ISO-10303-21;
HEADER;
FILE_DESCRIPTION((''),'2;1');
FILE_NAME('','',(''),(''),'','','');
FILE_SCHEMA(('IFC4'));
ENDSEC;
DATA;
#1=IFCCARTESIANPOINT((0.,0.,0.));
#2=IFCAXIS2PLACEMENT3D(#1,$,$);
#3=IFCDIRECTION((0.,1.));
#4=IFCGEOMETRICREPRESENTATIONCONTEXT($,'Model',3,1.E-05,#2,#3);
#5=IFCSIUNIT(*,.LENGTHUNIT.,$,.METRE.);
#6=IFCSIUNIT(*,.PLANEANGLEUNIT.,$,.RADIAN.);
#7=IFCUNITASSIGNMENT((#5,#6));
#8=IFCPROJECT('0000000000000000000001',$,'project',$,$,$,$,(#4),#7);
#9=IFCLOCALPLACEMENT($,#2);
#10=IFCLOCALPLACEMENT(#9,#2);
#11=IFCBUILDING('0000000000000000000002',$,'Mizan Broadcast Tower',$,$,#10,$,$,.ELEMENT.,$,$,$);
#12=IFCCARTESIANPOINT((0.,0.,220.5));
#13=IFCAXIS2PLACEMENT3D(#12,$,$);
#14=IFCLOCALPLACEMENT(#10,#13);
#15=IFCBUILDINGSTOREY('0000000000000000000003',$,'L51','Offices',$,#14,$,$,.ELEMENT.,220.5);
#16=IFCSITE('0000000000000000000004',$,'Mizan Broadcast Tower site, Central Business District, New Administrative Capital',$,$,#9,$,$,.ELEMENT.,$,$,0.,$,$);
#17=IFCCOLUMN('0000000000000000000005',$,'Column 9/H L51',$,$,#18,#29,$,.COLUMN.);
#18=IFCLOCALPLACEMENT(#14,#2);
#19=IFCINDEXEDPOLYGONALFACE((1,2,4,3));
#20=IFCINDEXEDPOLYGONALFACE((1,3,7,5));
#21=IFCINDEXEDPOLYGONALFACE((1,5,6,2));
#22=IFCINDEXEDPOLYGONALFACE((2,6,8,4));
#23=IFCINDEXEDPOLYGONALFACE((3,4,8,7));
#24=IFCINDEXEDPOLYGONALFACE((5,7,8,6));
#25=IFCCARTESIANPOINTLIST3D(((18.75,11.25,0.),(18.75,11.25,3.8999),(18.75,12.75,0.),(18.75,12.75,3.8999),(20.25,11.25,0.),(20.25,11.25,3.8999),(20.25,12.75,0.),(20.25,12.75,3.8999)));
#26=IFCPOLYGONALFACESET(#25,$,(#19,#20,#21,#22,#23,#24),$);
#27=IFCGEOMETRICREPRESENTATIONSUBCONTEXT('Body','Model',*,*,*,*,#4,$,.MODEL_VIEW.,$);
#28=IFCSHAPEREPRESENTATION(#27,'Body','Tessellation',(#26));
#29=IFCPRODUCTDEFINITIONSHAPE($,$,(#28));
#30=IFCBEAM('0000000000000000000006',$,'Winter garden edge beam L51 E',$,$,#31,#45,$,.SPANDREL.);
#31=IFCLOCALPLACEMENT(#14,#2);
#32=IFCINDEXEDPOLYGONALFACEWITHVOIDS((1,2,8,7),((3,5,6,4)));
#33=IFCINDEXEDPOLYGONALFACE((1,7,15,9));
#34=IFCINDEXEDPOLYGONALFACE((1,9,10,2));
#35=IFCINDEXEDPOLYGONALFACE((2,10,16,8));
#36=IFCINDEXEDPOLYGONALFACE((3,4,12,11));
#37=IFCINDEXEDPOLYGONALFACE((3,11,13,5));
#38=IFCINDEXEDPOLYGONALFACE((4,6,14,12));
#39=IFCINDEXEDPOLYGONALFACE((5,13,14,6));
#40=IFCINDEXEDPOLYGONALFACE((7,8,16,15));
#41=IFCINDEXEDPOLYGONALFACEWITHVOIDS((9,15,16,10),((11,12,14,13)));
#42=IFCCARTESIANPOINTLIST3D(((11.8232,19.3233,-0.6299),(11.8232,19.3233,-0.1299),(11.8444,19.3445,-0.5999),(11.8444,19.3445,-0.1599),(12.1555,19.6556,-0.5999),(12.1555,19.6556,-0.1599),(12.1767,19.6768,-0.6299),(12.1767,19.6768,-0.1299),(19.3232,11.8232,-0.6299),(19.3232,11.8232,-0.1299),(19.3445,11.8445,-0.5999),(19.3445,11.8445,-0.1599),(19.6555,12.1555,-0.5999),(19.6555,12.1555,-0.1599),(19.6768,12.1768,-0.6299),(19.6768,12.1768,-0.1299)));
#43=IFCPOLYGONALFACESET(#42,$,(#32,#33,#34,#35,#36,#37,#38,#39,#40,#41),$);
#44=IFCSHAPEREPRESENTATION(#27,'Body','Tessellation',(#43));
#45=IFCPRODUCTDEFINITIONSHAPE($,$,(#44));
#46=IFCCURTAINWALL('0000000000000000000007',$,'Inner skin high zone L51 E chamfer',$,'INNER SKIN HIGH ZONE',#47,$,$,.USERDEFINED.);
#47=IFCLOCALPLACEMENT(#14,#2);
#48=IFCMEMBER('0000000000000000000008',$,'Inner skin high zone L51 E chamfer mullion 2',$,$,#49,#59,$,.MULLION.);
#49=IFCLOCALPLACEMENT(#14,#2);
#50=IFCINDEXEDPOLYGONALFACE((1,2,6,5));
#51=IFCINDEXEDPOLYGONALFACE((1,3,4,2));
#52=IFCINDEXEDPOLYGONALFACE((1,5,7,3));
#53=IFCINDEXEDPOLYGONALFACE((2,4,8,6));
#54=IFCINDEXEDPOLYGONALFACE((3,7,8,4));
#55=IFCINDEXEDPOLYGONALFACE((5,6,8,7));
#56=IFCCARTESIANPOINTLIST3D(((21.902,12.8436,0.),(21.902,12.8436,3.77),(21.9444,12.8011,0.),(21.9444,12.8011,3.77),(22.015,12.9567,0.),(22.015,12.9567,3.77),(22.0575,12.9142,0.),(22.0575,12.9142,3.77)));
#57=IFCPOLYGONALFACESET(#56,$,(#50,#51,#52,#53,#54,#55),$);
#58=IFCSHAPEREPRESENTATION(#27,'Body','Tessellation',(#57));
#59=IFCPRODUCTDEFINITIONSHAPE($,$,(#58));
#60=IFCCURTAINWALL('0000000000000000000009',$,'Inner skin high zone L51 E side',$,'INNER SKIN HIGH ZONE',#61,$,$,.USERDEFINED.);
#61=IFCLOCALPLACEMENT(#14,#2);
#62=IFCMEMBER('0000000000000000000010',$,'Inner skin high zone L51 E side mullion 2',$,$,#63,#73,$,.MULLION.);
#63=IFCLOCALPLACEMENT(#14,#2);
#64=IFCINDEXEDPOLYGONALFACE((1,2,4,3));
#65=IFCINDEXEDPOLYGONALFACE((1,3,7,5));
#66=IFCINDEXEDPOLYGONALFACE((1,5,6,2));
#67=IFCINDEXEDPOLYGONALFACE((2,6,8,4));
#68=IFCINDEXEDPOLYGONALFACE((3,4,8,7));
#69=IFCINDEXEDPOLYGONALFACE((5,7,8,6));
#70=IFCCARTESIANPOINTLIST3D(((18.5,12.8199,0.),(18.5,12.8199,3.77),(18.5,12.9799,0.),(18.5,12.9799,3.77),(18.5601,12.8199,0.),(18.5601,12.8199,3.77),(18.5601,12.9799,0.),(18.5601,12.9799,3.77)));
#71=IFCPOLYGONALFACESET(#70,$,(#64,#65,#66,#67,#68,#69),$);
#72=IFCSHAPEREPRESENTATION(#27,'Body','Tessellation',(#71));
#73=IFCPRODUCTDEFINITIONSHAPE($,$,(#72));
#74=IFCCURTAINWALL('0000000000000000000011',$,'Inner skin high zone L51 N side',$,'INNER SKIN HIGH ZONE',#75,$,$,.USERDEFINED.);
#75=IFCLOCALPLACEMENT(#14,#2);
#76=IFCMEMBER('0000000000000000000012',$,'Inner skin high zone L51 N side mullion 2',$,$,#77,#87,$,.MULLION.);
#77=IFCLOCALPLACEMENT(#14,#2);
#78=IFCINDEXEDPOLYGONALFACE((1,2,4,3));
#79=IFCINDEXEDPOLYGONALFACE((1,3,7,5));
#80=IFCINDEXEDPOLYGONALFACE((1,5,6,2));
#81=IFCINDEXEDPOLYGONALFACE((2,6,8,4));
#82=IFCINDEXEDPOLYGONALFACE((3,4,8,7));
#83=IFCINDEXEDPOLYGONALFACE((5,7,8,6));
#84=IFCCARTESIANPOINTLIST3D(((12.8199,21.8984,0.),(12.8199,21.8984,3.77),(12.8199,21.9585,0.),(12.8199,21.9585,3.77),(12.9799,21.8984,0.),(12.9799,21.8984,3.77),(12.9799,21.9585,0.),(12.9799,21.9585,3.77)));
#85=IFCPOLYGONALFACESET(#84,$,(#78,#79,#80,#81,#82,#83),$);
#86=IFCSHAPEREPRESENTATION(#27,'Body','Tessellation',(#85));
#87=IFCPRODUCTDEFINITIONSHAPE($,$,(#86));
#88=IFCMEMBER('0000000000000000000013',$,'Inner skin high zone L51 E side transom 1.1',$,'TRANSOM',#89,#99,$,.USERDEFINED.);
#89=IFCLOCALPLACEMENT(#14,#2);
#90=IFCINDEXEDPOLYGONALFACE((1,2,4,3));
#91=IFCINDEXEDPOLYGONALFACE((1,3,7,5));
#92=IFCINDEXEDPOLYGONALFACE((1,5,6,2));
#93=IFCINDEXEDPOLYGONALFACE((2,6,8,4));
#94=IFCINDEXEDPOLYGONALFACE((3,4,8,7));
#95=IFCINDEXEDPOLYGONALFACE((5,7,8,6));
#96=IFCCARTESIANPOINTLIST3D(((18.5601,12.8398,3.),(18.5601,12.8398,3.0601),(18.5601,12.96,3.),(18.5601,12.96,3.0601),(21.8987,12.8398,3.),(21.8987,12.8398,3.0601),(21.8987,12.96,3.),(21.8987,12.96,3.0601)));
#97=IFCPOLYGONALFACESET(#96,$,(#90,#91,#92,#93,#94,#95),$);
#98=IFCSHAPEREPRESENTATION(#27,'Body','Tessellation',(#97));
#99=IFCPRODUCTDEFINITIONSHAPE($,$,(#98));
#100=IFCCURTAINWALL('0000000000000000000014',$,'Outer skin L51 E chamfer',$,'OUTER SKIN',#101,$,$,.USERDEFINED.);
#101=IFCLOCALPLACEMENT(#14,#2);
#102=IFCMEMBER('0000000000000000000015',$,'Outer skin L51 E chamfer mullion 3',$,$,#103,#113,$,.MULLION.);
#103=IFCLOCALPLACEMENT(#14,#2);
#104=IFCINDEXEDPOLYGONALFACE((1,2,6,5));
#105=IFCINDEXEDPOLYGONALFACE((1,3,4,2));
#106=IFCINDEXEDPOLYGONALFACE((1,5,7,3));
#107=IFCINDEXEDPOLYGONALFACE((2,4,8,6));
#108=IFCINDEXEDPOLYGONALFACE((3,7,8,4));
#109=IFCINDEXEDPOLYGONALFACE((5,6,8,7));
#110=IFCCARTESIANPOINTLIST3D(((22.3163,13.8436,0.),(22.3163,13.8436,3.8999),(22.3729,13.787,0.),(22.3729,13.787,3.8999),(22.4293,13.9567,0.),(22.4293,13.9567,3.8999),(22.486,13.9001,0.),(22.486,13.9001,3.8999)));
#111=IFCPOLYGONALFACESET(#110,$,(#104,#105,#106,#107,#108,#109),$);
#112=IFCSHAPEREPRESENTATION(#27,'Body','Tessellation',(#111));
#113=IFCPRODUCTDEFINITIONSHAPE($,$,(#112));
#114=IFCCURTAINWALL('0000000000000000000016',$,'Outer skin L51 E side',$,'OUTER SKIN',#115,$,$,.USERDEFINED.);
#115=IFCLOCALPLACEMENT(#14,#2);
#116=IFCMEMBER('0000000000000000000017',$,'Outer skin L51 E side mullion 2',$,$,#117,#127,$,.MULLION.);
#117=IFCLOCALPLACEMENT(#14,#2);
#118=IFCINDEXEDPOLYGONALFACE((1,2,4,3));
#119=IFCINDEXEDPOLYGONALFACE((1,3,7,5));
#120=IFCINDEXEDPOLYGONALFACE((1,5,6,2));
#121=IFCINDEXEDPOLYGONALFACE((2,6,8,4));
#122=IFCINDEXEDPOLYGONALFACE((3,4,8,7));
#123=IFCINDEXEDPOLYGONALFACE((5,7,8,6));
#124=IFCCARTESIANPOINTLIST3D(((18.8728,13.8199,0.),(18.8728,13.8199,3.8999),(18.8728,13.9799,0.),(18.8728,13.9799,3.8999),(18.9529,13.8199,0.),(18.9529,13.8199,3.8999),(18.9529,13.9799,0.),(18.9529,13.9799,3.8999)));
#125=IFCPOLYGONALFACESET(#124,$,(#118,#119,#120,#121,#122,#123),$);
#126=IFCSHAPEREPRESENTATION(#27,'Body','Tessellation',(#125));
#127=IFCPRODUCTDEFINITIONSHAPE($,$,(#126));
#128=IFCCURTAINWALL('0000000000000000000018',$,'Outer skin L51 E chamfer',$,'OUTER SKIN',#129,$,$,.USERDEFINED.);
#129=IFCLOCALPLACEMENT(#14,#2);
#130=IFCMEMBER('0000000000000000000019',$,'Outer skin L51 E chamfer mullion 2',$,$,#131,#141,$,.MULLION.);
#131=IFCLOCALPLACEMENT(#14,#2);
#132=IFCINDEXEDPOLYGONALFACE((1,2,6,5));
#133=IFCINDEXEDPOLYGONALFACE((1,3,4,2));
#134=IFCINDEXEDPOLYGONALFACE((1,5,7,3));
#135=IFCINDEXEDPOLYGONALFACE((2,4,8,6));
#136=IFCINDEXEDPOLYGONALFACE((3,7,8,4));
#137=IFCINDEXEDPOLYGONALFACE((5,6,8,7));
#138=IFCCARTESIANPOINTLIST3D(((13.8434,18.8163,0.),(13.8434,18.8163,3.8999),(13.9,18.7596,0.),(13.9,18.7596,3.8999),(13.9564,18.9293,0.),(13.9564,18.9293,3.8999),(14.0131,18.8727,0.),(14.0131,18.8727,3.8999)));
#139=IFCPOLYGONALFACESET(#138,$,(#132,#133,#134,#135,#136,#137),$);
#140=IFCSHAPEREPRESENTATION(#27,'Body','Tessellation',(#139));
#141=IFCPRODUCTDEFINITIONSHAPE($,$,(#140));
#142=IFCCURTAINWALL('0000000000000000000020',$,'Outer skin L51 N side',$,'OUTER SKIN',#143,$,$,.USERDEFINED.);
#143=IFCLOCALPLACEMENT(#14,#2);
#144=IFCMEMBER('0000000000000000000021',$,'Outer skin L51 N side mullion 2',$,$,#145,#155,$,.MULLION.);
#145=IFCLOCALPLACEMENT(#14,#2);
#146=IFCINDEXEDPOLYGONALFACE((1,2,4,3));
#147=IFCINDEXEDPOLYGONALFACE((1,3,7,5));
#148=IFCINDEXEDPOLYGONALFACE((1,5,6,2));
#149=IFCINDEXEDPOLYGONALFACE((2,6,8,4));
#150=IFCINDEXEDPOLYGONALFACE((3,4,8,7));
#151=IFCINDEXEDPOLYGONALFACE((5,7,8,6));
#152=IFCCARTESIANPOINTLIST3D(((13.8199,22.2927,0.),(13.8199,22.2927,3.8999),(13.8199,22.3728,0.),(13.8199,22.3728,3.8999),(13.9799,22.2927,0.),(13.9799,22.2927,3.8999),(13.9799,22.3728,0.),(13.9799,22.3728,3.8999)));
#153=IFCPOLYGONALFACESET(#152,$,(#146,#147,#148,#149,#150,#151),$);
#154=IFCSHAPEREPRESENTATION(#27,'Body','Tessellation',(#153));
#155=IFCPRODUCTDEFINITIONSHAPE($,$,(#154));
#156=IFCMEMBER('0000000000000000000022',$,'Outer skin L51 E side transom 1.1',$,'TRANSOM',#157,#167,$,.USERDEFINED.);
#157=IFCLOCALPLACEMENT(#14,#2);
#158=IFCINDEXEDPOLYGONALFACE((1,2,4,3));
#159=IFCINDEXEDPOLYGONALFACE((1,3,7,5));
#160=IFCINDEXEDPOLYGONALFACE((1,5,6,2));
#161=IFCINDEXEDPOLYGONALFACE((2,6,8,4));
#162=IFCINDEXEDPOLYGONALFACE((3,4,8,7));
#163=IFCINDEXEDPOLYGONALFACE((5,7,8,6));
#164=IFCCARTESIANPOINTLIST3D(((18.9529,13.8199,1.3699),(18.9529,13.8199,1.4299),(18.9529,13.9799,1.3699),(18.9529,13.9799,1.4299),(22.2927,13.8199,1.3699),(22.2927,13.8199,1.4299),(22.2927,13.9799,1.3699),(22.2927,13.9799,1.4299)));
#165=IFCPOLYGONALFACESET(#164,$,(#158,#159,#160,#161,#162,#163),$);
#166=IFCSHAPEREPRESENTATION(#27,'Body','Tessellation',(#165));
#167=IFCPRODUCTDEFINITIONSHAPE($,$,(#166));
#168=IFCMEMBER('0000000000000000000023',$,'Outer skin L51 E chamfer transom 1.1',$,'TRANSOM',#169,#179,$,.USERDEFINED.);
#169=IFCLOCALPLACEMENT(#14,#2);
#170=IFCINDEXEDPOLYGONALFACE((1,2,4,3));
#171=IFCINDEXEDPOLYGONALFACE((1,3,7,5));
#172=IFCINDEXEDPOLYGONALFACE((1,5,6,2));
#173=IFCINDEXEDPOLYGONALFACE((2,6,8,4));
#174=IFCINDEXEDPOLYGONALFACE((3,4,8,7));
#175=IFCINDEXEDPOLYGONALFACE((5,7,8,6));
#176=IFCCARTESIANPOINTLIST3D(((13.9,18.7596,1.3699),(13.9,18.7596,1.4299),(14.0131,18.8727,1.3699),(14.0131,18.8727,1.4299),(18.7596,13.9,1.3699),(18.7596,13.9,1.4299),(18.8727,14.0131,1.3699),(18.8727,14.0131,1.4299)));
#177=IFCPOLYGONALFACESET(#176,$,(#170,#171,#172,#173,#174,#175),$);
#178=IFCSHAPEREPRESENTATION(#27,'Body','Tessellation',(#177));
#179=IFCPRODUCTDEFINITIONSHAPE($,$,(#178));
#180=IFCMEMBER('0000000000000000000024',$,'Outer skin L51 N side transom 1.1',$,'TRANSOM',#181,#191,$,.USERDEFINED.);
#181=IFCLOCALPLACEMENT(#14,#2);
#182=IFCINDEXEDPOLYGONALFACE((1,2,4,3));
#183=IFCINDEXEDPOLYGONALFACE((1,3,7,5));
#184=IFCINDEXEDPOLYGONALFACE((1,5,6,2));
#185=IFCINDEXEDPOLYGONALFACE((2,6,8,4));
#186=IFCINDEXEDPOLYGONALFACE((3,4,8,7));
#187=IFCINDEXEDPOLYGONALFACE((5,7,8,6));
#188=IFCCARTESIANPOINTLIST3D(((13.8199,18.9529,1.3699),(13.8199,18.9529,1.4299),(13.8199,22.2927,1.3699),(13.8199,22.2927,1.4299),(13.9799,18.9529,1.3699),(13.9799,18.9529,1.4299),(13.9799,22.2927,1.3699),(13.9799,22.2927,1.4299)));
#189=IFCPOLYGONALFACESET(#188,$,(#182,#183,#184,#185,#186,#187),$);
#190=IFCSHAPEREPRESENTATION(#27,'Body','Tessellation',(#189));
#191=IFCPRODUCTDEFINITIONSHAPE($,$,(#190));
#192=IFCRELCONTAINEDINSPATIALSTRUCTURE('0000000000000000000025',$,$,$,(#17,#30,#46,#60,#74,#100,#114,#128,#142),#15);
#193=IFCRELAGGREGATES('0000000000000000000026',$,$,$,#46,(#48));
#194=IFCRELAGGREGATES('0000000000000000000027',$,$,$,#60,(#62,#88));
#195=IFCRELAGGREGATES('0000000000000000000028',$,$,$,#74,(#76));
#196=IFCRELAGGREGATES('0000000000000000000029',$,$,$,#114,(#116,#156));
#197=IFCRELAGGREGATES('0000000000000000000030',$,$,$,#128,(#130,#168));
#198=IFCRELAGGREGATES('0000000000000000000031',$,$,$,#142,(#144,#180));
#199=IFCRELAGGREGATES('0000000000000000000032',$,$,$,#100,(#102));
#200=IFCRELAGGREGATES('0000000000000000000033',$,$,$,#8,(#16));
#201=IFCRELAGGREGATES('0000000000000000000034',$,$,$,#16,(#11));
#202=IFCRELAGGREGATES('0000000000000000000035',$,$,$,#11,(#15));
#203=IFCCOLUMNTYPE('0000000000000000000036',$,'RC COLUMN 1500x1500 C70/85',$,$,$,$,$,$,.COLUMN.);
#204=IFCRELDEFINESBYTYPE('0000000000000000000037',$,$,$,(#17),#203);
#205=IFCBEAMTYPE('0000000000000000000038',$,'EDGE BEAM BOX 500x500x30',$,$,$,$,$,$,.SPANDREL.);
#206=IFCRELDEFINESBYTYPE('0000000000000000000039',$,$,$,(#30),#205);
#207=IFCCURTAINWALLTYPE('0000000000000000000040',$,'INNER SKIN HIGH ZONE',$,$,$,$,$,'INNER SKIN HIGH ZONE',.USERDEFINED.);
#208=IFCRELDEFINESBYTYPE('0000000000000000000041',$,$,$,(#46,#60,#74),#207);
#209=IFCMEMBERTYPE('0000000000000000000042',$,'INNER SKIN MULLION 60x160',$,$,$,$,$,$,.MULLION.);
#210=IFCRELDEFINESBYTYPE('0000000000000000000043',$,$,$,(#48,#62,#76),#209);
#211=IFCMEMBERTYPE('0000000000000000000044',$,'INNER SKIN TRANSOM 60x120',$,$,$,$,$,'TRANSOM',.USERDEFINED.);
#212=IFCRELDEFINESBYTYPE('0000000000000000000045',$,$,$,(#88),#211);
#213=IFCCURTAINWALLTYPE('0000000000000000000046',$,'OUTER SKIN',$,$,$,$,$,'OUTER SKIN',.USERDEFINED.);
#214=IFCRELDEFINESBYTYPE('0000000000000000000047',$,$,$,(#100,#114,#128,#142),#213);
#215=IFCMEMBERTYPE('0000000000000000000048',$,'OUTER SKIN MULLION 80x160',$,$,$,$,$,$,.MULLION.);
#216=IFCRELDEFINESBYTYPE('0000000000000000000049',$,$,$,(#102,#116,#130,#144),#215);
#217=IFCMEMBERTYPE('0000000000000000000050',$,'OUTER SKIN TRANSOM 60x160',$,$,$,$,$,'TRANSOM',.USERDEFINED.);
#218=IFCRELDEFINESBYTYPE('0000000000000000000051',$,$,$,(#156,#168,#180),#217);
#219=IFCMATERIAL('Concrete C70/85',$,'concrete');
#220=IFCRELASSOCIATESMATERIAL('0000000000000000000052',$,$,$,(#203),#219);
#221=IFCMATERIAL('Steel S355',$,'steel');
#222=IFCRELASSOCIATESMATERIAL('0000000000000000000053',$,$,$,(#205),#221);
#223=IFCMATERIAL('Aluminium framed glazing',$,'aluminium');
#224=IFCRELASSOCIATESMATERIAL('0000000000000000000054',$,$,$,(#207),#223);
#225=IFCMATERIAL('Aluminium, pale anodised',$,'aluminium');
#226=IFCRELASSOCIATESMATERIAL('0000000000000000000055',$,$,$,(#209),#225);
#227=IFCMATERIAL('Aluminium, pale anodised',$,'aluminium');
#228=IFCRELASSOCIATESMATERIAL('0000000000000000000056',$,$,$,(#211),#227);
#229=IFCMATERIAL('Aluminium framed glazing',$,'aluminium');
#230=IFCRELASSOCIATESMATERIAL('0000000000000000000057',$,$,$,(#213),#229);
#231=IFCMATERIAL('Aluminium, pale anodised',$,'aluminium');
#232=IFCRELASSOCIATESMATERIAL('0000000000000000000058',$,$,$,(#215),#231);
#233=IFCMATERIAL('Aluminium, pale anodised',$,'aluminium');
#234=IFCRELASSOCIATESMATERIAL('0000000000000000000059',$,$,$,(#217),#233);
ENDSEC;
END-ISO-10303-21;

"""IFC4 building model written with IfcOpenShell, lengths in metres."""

from ifc_helpers import new_model, si_unit, direction, frame, origin, origin_2d, place, context, subcontext, project, spatial, rectangle, hollow_rectangle, extrude, material, material_profile, profile_set, type_object, element, aggregate, save


model = new_model("IFC4")

# Units and contexts
model_context = context("Model", 3, precision=1e-05, world=origin(), true_north=direction((0.0, 1.0)))
body_context = subcontext(model_context, "Body", "Model", "MODEL_VIEW")
ifc_project = project(units=[si_unit("LENGTHUNIT", "METRE"), si_unit("PLANEANGLEUNIT", "RADIAN")], contexts=[model_context])

# Site, building, storey
site_placement = place(None, origin())
site = spatial("IfcSite", under=ifc_project, at=site_placement, Name="Mizan Broadcast Tower site, Central Business District, New Administrative Capital", CompositionType="ELEMENT", RefElevation=0.0)
building_placement = place(site_placement, origin())
building = spatial("IfcBuilding", under=site, at=building_placement, Name="Mizan Broadcast Tower", CompositionType="ELEMENT")
storey_placement = place(building_placement, frame((0.0, 0.0, 220.5)))
storey = spatial("IfcBuildingStorey", under=building, at=storey_placement, Name="L51", Description="Offices", CompositionType="ELEMENT", Elevation=220.5)

# Column
ifc_material_1 = material(Name="Concrete C70/85", Category="concrete")
ifc_material_profile_1 = material_profile(ifc_material_1, rectangle(XDim=1.5, YDim=1.5, at=origin_2d()), Name="RC 1500x1500")
ifc_profile_set_1 = profile_set([ifc_material_profile_1], Name="Concrete C70/85")
column_type = type_object("IfcColumnType", Name="RC COLUMN 1500x1500 C70/85", PredefinedType="COLUMN", material=ifc_profile_set_1)
column_placement = place(storey_placement, frame((19.5, 12.0, 0.0), z_axis=(0.0, 0.0, 1.0), x_axis=(1.0, 0.0, 0.0)))
element("IfcColumn", 1, at=column_placement, inside=storey, type_object=column_type, Name="Column 9/H L51", PredefinedType="COLUMN", context=body_context, shape_type="SweptSolid", body=[
    extrude(rectangle(XDim=1.5, YDim=1.5, at=origin_2d()), origin(), (0.0, 0.0, 1.0), 3.8999),
])

# Beam
ifc_material_2 = material(Name="Steel S355", Category="steel")
ifc_material_profile_2 = material_profile(ifc_material_2, hollow_rectangle(XDim=0.5, YDim=0.5, WallThickness=0.03, at=origin_2d()), Name="BOX 500x500x30")
ifc_profile_set_2 = profile_set([ifc_material_profile_2], Name="Steel S355")
beam_type = type_object("IfcBeamType", Name="EDGE BEAM BOX 500x500x30", PredefinedType="SPANDREL", material=ifc_profile_set_2)
beam_placement = place(storey_placement, frame((19.5, 12.0, -0.3799), z_axis=(-0.707107, 0.707107, 0.0), x_axis=(-0.707107, -0.707107, 0.0)))
element("IfcBeam", 2, at=beam_placement, inside=storey, type_object=beam_type, Name="Winter garden edge beam L51 E", PredefinedType="SPANDREL", context=body_context, shape_type="SweptSolid", body=[
    extrude(hollow_rectangle(XDim=0.5, YDim=0.5, WallThickness=0.03, at=origin_2d()), origin(), (0.0, 0.0, 1.0), 10.6067),
])

# Curtain walls, members
ifc_material_3 = material(Name="Aluminium framed glazing", Category="aluminium")
curtain_wall_type_1 = type_object("IfcCurtainWallType", Name="INNER SKIN HIGH ZONE", ElementType="INNER SKIN HIGH ZONE", PredefinedType="USERDEFINED", material=ifc_material_3)
curtain_wall_1_placement = place(storey_placement, origin())
curtain_wall_1 = element("IfcCurtainWall", 3, at=curtain_wall_1_placement, inside=storey, type_object=curtain_wall_type_1, Name="Inner skin high zone L51 E chamfer", ObjectType="INNER SKIN HIGH ZONE", PredefinedType="USERDEFINED")
ifc_material_4 = material(Name="Aluminium, pale anodised", Category="aluminium")
ifc_material_profile_3 = material_profile(ifc_material_4, rectangle(XDim=0.1599, YDim=0.0601, at=origin_2d()), Name="MULLION 160x60")
ifc_profile_set_3 = profile_set([ifc_material_profile_3], Name="Aluminium, pale anodised")
member_type_1 = type_object("IfcMemberType", Name="INNER SKIN MULLION 60x160", PredefinedType="MULLION", material=ifc_profile_set_3)
member_1_placement = place(storey_placement, frame((21.9797, 12.8789, 0.0), z_axis=(0.0, 0.0, 1.0), x_axis=(-0.707107, -0.707107, 0.0)))
member_1 = element("IfcMember", 4, at=member_1_placement, type_object=member_type_1, Name="Inner skin high zone L51 E chamfer mullion 2", PredefinedType="MULLION", context=body_context, shape_type="SweptSolid", body=[
    extrude(rectangle(XDim=0.1599, YDim=0.0601, at=origin_2d()), origin(), (0.0, 0.0, 1.0), 3.77),
])
aggregate(curtain_wall_1, [member_1])
curtain_wall_2_placement = place(storey_placement, origin())
curtain_wall_2 = element("IfcCurtainWall", 5, at=curtain_wall_2_placement, inside=storey, type_object=curtain_wall_type_1, Name="Inner skin high zone L51 E side", ObjectType="INNER SKIN HIGH ZONE", PredefinedType="USERDEFINED")
member_2_placement = place(storey_placement, frame((18.53, 12.8999, 0.0), z_axis=(0.0, 0.0, 1.0), x_axis=(0.0, -1.0, 0.0)))
member_2 = element("IfcMember", 6, at=member_2_placement, type_object=member_type_1, Name="Inner skin high zone L51 E side mullion 2", PredefinedType="MULLION", context=body_context, shape_type="SweptSolid", body=[
    extrude(rectangle(XDim=0.1599, YDim=0.0601, at=origin_2d()), origin(), (0.0, 0.0, 1.0), 3.77),
])
curtain_wall_3_placement = place(storey_placement, origin())
curtain_wall_3 = element("IfcCurtainWall", 7, at=curtain_wall_3_placement, inside=storey, type_object=curtain_wall_type_1, Name="Inner skin high zone L51 N side", ObjectType="INNER SKIN HIGH ZONE", PredefinedType="USERDEFINED")
member_3_placement = place(storey_placement, frame((12.8999, 21.9285, 0.0), z_axis=(0.0, 0.0, 1.0), x_axis=(-1.0, 0.0, 0.0)))
member_3 = element("IfcMember", 8, at=member_3_placement, type_object=member_type_1, Name="Inner skin high zone L51 N side mullion 2", PredefinedType="MULLION", context=body_context, shape_type="SweptSolid", body=[
    extrude(rectangle(XDim=0.1599, YDim=0.0601, at=origin_2d()), origin(), (0.0, 0.0, 1.0), 3.77),
])

# Member
ifc_material_5 = material(Name="Aluminium, pale anodised", Category="aluminium")
ifc_material_profile_4 = material_profile(ifc_material_5, rectangle(XDim=0.1201, YDim=0.0601, at=origin_2d()), Name="TRANSOM 120x60")
ifc_profile_set_4 = profile_set([ifc_material_profile_4], Name="Aluminium, pale anodised")
member_type_2 = type_object("IfcMemberType", Name="INNER SKIN TRANSOM 60x120", ElementType="TRANSOM", PredefinedType="USERDEFINED", material=ifc_profile_set_4)
member_4_placement = place(storey_placement, frame((21.8987, 12.8999, 3.03), z_axis=(-1.0, 0.0, 0.0), x_axis=(0.0, -1.0, 0.0)))
member_4 = element("IfcMember", 9, at=member_4_placement, type_object=member_type_2, Name="Inner skin high zone L51 E side transom 1.1", ObjectType="TRANSOM", PredefinedType="USERDEFINED", context=body_context, shape_type="SweptSolid", body=[
    extrude(rectangle(XDim=0.1201, YDim=0.0601, at=origin_2d()), origin(), (0.0, 0.0, 1.0), 3.3386),
])

# Curtain walls, members
ifc_material_6 = material(Name="Aluminium framed glazing", Category="aluminium")
curtain_wall_type_2 = type_object("IfcCurtainWallType", Name="OUTER SKIN", ElementType="OUTER SKIN", PredefinedType="USERDEFINED", material=ifc_material_6)
curtain_wall_4_placement = place(storey_placement, origin())
curtain_wall_4 = element("IfcCurtainWall", 10, at=curtain_wall_4_placement, inside=storey, type_object=curtain_wall_type_2, Name="Outer skin L51 E chamfer", ObjectType="OUTER SKIN", PredefinedType="USERDEFINED")
ifc_material_7 = material(Name="Aluminium, pale anodised", Category="aluminium")
ifc_material_profile_5 = material_profile(ifc_material_7, rectangle(XDim=0.1599, YDim=0.0801, at=origin_2d()), Name="MULLION 160x80")
ifc_profile_set_5 = profile_set([ifc_material_profile_5], Name="Aluminium, pale anodised")
member_type_3 = type_object("IfcMemberType", Name="OUTER SKIN MULLION 80x160", PredefinedType="MULLION", material=ifc_profile_set_5)
member_5_placement = place(storey_placement, frame((22.4011, 13.8718, 0.0), z_axis=(0.0, 0.0, 1.0), x_axis=(-0.707107, -0.707107, 0.0)))
member_5 = element("IfcMember", 11, at=member_5_placement, type_object=member_type_3, Name="Outer skin L51 E chamfer mullion 3", PredefinedType="MULLION", context=body_context, shape_type="SweptSolid", body=[
    extrude(rectangle(XDim=0.1599, YDim=0.0801, at=origin_2d()), origin(), (0.0, 0.0, 1.0), 3.8999),
])
curtain_wall_5_placement = place(storey_placement, origin())
curtain_wall_5 = element("IfcCurtainWall", 12, at=curtain_wall_5_placement, inside=storey, type_object=curtain_wall_type_2, Name="Outer skin L51 E side", ObjectType="OUTER SKIN", PredefinedType="USERDEFINED")
member_6_placement = place(storey_placement, frame((18.9128, 13.8999, 0.0), z_axis=(0.0, 0.0, 1.0), x_axis=(0.0, -1.0, 0.0)))
member_6 = element("IfcMember", 13, at=member_6_placement, type_object=member_type_3, Name="Outer skin L51 E side mullion 2", PredefinedType="MULLION", context=body_context, shape_type="SweptSolid", body=[
    extrude(rectangle(XDim=0.1599, YDim=0.0801, at=origin_2d()), origin(), (0.0, 0.0, 1.0), 3.8999),
])
curtain_wall_6_placement = place(storey_placement, origin())
curtain_wall_6 = element("IfcCurtainWall", 14, at=curtain_wall_6_placement, inside=storey, type_object=curtain_wall_type_2, Name="Outer skin L51 E chamfer", ObjectType="OUTER SKIN", PredefinedType="USERDEFINED")
member_7_placement = place(storey_placement, frame((13.9282, 18.8445, 0.0), z_axis=(0.0, 0.0, 1.0), x_axis=(-0.707107, -0.707107, 0.0)))
member_7 = element("IfcMember", 15, at=member_7_placement, type_object=member_type_3, Name="Outer skin L51 E chamfer mullion 2", PredefinedType="MULLION", context=body_context, shape_type="SweptSolid", body=[
    extrude(rectangle(XDim=0.1599, YDim=0.0801, at=origin_2d()), origin(), (0.0, 0.0, 1.0), 3.8999),
])
curtain_wall_7_placement = place(storey_placement, origin())
curtain_wall_7 = element("IfcCurtainWall", 16, at=curtain_wall_7_placement, inside=storey, type_object=curtain_wall_type_2, Name="Outer skin L51 N side", ObjectType="OUTER SKIN", PredefinedType="USERDEFINED")
member_8_placement = place(storey_placement, frame((13.8999, 22.3328, 0.0), z_axis=(0.0, 0.0, 1.0), x_axis=(-1.0, 0.0, 0.0)))
member_8 = element("IfcMember", 17, at=member_8_placement, type_object=member_type_3, Name="Outer skin L51 N side mullion 2", PredefinedType="MULLION", context=body_context, shape_type="SweptSolid", body=[
    extrude(rectangle(XDim=0.1599, YDim=0.0801, at=origin_2d()), origin(), (0.0, 0.0, 1.0), 3.8999),
])

# Members
ifc_material_8 = material(Name="Aluminium, pale anodised", Category="aluminium")
ifc_material_profile_6 = material_profile(ifc_material_8, rectangle(XDim=0.1599, YDim=0.0601, at=origin_2d()), Name="TRANSOM 160x60")
ifc_profile_set_6 = profile_set([ifc_material_profile_6], Name="Aluminium, pale anodised")
member_type_4 = type_object("IfcMemberType", Name="OUTER SKIN TRANSOM 60x160", ElementType="TRANSOM", PredefinedType="USERDEFINED", material=ifc_profile_set_6)
member_9_placement = place(storey_placement, frame((22.2927, 13.8999, 1.3999), z_axis=(-1.0, 0.0, 0.0), x_axis=(0.0, -1.0, 0.0)))
member_9 = element("IfcMember", 18, at=member_9_placement, type_object=member_type_4, Name="Outer skin L51 E side transom 1.1", ObjectType="TRANSOM", PredefinedType="USERDEFINED", context=body_context, shape_type="SweptSolid", body=[
    extrude(rectangle(XDim=0.1599, YDim=0.0601, at=origin_2d()), origin(), (0.0, 0.0, 1.0), 3.3398),
])
member_10_placement = place(storey_placement, frame((18.8162, 13.9565, 1.3999), z_axis=(-0.707107, 0.707107, 0.0), x_axis=(-0.707107, -0.707107, 0.0)))
member_10 = element("IfcMember", 19, at=member_10_placement, type_object=member_type_4, Name="Outer skin L51 E chamfer transom 1.1", ObjectType="TRANSOM", PredefinedType="USERDEFINED", context=body_context, shape_type="SweptSolid", body=[
    extrude(rectangle(XDim=0.1599, YDim=0.0601, at=origin_2d()), origin(), (0.0, 0.0, 1.0), 6.8726),
])
member_11_placement = place(storey_placement, frame((13.8999, 18.9529, 1.3999), z_axis=(0.0, 1.0, 0.0), x_axis=(-1.0, 0.0, 0.0)))
member_11 = element("IfcMember", 20, at=member_11_placement, type_object=member_type_4, Name="Outer skin L51 N side transom 1.1", ObjectType="TRANSOM", PredefinedType="USERDEFINED", context=body_context, shape_type="SweptSolid", body=[
    extrude(rectangle(XDim=0.1599, YDim=0.0601, at=origin_2d()), origin(), (0.0, 0.0, 1.0), 3.3398),
])

aggregate(curtain_wall_2, [member_2, member_4])
aggregate(curtain_wall_3, [member_3])
aggregate(curtain_wall_5, [member_6, member_9])
aggregate(curtain_wall_6, [member_7, member_10])
aggregate(curtain_wall_7, [member_8, member_11])
aggregate(curtain_wall_4, [member_5])

save(model, "model.ifc")
